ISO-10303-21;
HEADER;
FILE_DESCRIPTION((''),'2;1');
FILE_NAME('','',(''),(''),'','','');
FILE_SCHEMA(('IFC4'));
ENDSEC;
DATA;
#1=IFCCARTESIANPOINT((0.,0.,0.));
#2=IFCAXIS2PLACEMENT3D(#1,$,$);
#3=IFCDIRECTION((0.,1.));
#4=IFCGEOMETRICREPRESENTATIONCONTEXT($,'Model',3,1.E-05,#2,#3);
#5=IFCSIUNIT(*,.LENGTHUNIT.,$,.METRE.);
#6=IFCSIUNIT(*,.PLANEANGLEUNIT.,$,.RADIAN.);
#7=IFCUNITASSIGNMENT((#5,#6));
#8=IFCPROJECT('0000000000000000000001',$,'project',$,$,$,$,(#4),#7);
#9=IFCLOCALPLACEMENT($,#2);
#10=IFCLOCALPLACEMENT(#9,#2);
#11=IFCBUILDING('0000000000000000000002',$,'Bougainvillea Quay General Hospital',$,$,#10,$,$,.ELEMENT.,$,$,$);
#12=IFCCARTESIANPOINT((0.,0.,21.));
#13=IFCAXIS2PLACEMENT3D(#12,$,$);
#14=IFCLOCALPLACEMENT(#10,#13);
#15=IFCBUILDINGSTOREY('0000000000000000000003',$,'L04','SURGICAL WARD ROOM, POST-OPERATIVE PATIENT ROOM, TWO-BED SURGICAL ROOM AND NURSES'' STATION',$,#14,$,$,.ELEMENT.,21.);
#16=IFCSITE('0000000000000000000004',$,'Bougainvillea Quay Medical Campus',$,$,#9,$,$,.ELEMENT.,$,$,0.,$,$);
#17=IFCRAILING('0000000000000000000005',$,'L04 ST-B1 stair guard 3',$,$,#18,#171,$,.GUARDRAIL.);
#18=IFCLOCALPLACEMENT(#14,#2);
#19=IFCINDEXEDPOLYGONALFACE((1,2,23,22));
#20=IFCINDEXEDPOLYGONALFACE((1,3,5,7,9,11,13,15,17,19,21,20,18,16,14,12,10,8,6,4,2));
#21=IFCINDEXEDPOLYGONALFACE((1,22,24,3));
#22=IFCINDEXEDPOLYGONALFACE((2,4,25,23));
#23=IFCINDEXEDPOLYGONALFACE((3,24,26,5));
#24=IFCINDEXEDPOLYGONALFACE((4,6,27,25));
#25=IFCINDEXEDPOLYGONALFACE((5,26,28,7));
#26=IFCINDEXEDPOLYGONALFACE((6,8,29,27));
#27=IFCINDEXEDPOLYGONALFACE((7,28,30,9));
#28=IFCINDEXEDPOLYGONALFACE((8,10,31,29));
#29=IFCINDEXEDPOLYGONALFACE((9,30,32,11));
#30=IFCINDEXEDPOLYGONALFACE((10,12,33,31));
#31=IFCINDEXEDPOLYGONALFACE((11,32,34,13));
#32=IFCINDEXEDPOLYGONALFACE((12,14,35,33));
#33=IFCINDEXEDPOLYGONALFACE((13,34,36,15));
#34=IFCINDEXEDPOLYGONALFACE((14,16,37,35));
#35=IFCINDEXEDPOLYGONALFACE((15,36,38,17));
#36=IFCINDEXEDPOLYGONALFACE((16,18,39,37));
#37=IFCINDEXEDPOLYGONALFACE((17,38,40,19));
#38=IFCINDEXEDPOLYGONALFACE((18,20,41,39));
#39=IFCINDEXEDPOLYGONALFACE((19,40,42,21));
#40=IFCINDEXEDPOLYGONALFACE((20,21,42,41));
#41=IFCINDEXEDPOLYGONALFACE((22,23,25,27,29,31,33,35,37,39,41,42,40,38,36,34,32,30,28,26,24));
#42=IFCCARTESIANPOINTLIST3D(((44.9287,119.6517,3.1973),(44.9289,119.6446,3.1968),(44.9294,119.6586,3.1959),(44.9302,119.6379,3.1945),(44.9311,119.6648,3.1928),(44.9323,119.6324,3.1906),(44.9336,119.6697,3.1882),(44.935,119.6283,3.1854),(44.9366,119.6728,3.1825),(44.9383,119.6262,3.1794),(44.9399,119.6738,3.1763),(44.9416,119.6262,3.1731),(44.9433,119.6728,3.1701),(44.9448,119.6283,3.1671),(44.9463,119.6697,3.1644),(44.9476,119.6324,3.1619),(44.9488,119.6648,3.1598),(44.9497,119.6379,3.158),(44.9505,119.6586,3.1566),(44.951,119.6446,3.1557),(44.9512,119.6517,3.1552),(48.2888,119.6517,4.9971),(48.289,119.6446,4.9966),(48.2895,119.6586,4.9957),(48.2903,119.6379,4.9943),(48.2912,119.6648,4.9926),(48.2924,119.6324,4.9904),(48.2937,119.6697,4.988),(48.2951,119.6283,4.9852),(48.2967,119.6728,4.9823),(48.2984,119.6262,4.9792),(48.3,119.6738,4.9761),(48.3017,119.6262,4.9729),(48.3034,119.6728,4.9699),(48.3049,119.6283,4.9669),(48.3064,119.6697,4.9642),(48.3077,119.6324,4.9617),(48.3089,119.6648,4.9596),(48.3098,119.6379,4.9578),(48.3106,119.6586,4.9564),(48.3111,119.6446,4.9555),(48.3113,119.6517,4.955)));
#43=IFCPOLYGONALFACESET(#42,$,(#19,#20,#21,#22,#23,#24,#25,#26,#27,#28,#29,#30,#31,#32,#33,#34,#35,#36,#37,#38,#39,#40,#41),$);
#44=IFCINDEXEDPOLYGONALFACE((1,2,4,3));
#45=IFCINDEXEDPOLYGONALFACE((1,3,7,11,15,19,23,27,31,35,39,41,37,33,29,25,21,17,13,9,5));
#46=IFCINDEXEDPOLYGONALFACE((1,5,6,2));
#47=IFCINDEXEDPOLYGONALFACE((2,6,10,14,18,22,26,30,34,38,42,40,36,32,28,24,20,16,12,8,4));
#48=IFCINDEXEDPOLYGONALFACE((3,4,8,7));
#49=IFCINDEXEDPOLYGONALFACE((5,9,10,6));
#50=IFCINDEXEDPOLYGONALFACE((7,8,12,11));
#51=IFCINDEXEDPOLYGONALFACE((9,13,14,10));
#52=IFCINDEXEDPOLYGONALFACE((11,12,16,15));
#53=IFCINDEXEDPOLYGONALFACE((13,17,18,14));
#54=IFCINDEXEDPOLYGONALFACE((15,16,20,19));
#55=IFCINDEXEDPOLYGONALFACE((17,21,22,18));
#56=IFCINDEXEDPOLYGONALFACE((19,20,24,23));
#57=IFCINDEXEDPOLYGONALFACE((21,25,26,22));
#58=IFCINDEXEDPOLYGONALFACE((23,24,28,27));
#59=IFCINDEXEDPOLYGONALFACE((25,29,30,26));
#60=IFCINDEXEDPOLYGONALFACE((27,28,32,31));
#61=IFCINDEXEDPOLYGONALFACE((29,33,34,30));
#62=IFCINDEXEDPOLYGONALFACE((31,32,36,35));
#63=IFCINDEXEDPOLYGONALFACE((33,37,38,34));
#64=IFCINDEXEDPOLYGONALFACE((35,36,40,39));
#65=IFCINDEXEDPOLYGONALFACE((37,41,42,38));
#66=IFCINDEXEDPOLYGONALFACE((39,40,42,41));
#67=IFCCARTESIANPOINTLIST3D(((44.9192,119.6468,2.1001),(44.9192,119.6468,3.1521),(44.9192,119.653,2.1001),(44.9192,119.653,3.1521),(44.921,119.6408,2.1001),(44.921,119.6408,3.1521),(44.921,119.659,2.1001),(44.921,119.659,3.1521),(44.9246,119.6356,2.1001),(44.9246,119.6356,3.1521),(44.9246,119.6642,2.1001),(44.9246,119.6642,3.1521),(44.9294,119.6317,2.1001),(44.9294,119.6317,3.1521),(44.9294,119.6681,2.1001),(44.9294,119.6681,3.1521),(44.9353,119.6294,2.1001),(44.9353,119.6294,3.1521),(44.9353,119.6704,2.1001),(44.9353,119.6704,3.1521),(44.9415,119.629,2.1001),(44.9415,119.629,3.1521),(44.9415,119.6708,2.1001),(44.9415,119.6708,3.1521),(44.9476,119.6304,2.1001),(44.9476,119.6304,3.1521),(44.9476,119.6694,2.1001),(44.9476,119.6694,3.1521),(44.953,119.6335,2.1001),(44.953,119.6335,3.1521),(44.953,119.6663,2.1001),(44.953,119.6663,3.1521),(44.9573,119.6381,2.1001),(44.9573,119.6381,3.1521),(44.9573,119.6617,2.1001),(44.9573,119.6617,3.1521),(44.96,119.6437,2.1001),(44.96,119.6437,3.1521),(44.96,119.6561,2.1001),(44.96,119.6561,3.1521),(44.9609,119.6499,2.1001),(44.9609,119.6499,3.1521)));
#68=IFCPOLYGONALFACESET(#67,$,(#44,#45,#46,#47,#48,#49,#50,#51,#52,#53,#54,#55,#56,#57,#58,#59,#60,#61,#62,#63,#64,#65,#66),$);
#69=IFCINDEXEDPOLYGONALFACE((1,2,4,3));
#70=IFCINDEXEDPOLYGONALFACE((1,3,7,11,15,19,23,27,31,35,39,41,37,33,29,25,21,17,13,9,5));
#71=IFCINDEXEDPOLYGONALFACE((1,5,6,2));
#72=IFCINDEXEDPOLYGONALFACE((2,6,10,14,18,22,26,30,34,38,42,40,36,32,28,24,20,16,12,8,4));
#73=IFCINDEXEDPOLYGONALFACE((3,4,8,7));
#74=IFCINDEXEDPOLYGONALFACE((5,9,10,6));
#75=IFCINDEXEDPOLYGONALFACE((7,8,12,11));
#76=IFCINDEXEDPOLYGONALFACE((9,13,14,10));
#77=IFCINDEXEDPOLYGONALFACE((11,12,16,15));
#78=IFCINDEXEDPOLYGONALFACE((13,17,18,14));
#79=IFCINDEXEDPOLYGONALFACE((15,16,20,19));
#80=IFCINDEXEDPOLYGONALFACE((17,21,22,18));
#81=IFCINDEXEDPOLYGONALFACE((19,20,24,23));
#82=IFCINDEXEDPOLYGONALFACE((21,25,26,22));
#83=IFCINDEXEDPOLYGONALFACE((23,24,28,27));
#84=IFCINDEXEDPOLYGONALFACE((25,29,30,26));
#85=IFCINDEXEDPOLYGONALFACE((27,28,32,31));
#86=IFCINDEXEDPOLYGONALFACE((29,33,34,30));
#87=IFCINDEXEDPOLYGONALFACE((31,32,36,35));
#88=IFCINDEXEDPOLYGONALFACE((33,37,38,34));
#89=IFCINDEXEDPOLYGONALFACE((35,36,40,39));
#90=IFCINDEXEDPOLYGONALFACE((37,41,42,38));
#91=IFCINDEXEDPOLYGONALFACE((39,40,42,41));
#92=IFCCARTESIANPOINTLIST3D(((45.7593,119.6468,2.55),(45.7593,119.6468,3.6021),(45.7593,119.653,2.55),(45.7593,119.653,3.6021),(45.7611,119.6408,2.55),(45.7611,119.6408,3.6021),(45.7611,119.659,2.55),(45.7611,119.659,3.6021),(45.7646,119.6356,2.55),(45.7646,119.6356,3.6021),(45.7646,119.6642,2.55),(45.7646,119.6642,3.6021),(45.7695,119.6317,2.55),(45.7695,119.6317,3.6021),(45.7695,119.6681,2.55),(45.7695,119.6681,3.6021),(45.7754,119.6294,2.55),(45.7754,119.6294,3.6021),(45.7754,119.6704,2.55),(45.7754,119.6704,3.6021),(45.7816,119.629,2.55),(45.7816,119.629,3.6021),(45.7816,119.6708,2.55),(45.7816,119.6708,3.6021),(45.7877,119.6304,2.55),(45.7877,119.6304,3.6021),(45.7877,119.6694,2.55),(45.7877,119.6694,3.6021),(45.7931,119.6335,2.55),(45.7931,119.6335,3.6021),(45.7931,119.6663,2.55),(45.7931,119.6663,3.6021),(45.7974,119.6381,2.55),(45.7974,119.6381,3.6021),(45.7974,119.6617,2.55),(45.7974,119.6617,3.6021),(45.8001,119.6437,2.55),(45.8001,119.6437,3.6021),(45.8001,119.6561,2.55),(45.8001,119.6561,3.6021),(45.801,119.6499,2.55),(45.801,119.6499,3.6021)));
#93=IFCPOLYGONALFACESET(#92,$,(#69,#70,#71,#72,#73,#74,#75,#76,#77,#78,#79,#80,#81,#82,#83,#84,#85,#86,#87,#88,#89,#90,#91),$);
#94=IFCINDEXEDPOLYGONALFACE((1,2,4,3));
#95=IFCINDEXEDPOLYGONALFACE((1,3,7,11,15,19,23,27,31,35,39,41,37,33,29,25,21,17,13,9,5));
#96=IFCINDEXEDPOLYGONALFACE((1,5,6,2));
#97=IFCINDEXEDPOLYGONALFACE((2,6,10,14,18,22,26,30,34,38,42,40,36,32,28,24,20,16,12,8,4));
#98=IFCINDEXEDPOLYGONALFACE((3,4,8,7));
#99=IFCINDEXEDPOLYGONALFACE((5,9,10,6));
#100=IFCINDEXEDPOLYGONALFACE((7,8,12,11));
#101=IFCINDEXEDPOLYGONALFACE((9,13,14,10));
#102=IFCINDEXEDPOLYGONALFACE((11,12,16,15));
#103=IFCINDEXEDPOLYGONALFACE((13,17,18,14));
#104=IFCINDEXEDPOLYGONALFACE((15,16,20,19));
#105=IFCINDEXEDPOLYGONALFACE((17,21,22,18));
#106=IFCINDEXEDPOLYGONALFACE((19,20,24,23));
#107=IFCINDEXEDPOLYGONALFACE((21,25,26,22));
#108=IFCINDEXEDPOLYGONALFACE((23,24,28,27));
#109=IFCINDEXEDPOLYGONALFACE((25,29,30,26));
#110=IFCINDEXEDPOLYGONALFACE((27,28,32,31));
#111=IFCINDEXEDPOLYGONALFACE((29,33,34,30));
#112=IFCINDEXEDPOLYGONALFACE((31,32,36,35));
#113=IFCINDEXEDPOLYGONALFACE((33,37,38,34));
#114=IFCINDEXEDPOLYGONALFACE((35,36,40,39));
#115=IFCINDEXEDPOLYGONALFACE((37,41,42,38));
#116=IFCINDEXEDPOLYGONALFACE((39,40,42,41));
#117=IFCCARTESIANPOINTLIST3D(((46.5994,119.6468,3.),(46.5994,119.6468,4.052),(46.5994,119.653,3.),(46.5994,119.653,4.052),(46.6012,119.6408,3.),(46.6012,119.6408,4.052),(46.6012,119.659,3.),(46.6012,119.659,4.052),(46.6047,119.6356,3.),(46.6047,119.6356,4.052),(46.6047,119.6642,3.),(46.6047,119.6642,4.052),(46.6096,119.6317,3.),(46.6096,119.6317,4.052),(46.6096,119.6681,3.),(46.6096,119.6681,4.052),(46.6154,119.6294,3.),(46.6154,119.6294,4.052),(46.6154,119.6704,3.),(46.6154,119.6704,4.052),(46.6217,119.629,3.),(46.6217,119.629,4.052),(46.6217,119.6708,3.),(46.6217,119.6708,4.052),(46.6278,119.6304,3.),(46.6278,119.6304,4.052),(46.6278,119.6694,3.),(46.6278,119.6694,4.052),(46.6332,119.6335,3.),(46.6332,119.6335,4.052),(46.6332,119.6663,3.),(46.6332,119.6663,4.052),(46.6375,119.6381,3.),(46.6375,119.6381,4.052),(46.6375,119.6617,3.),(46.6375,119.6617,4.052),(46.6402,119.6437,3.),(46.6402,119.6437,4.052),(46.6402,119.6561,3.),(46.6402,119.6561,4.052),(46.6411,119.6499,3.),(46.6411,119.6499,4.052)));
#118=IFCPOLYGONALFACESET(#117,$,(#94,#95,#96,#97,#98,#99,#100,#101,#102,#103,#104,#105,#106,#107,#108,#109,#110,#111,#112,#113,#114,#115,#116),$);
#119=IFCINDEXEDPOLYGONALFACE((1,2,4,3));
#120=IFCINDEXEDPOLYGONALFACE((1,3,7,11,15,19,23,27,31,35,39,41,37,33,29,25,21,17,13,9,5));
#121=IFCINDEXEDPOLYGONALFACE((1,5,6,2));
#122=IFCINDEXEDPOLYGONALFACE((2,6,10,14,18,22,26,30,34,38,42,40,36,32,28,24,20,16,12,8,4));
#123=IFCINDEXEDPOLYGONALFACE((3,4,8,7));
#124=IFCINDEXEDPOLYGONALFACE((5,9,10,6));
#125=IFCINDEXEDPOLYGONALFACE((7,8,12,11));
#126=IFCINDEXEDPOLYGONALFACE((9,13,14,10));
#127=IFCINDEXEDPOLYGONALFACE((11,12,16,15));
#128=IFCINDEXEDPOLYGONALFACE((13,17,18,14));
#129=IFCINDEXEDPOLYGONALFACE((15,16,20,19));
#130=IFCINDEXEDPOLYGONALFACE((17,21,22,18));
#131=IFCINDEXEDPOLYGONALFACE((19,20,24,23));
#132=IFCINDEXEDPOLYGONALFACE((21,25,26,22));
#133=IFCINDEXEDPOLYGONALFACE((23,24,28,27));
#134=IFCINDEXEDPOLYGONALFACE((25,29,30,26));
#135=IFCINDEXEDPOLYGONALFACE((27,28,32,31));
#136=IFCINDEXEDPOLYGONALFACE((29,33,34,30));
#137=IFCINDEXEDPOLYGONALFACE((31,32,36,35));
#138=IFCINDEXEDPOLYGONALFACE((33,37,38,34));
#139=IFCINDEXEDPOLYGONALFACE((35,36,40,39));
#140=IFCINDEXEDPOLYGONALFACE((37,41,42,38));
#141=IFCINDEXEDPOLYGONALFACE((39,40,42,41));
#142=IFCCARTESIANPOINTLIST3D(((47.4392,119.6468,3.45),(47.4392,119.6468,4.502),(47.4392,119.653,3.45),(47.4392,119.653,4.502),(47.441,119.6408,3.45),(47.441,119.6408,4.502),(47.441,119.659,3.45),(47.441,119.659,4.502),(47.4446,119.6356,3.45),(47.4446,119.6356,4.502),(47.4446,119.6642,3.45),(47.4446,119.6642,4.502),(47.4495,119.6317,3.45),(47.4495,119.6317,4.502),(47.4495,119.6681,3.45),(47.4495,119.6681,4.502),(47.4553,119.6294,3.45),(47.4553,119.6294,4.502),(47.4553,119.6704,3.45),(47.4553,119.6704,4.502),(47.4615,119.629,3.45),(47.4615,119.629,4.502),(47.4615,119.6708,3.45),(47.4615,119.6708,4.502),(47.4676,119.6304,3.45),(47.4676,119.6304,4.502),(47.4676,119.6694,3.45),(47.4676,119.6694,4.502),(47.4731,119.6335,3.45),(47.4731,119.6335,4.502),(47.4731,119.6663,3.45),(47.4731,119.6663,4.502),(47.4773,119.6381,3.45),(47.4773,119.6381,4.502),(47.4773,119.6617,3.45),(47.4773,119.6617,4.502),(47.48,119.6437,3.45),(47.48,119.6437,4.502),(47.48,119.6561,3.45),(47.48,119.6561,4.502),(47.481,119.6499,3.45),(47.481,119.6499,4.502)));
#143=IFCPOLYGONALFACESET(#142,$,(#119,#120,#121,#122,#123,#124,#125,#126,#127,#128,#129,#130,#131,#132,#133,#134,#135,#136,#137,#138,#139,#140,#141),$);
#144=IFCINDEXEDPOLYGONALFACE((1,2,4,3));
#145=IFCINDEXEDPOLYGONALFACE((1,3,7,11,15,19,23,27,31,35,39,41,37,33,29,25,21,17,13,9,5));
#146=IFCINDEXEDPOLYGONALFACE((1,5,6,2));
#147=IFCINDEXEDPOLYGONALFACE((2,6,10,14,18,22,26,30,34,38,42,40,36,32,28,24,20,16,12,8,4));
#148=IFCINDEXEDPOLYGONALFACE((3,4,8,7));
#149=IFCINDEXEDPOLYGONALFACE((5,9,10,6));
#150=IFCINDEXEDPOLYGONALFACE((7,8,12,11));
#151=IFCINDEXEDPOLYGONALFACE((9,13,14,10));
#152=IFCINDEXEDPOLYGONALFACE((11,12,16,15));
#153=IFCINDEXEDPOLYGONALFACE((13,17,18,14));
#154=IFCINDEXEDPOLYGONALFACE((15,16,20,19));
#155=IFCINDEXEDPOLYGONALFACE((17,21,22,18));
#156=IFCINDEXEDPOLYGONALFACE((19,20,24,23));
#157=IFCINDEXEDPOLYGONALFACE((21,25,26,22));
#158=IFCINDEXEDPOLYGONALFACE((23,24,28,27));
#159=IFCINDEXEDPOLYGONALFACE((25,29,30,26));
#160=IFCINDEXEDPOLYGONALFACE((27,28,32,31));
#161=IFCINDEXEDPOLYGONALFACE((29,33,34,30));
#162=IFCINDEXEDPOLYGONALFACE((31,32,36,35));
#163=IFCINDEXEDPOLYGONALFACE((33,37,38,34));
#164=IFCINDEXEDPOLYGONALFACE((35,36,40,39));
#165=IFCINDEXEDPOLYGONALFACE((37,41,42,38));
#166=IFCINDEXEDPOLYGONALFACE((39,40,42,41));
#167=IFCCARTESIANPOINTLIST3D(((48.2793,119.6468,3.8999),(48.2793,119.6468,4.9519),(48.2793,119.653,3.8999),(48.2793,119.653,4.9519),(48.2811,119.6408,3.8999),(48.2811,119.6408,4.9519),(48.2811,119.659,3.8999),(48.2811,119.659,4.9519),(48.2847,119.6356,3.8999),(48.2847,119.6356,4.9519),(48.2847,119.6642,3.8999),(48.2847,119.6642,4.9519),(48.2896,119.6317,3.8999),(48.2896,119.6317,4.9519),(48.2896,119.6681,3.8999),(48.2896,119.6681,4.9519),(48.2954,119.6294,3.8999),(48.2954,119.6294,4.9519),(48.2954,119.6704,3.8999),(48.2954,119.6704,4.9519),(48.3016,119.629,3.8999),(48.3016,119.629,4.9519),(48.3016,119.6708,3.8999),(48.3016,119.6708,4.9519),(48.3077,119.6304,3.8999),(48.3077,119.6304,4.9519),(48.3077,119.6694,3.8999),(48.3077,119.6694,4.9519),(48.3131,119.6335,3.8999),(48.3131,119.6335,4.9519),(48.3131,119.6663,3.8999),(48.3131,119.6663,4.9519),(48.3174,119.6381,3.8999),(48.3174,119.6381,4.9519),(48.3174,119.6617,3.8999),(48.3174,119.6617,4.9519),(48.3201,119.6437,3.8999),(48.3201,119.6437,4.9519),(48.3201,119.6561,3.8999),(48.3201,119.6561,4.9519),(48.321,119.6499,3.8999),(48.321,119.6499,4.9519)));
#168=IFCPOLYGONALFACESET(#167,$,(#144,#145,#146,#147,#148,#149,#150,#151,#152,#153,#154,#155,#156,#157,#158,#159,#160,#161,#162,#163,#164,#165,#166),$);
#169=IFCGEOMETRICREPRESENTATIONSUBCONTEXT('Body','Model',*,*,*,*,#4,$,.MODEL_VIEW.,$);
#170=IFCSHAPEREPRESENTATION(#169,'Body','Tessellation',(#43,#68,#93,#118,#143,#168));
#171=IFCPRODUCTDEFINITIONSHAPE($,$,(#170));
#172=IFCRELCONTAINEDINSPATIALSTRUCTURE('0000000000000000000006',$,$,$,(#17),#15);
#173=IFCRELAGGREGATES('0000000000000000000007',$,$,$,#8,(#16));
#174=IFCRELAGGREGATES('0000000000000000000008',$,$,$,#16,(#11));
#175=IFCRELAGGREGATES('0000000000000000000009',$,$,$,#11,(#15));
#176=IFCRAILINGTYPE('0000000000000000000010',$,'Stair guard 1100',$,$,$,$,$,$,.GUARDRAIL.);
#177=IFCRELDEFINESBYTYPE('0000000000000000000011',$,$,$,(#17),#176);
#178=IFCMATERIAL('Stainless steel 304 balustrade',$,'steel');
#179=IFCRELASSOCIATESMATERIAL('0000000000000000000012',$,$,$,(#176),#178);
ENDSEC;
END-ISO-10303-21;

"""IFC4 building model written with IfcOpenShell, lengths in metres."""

from ifc_helpers import new_model, si_unit, direction, frame, origin, origin_2d, place, context, subcontext, project, spatial, circle, extrude, material, type_object, element, save


model = new_model("IFC4")

# Units and contexts
model_context = context("Model", 3, precision=1e-05, world=origin(), true_north=direction((0.0, 1.0)))
body_context = subcontext(model_context, "Body", "Model", "MODEL_VIEW")
ifc_project = project(units=[si_unit("LENGTHUNIT", "METRE"), si_unit("PLANEANGLEUNIT", "RADIAN")], contexts=[model_context])

# Site, building, storey
site_placement = place(None, origin())
site = spatial("IfcSite", under=ifc_project, at=site_placement, Name="Bougainvillea Quay Medical Campus", CompositionType="ELEMENT", RefElevation=0.0)
building_placement = place(site_placement, origin())
building = spatial("IfcBuilding", under=site, at=building_placement, Name="Bougainvillea Quay General Hospital", CompositionType="ELEMENT")
storey_placement = place(building_placement, frame((0.0, 0.0, 21.0)))
storey = spatial("IfcBuildingStorey", under=building, at=storey_placement, Name="L04", Description="SURGICAL WARD ROOM, POST-OPERATIVE PATIENT ROOM, TWO-BED SURGICAL ROOM AND NURSES' STATION", CompositionType="ELEMENT", Elevation=21.0)

# Railing
ifc_material_1 = material(Name="Stainless steel 304 balustrade", Category="steel")
railing_type_1 = type_object("IfcRailingType", Name="Stair guard 1100", PredefinedType="GUARDRAIL", material=ifc_material_1)
railing_1_placement = place(storey_placement, frame((44.9399, 119.6499, 2.1001)))
element("IfcRailing", 1, at=railing_1_placement, inside=storey, type_object=railing_type_1, Name="L04 ST-B1 stair guard 3", PredefinedType="GUARDRAIL", context=body_context, shape_type="SweptSolid", body=[
    extrude(circle(Radius=0.0239, at=origin_2d()), frame((0.0, 0.0, 1.0762), z_axis=(0.881508, 0.0, 0.47217), x_axis=(0.0, 1.0, 0.0)), (0.0, 0.0, 1.0), 3.8118),
    extrude(circle(Radius=0.021, at=origin_2d()), origin(), (0.0, 0.0, 1.0), 1.052),
    extrude(circle(Radius=0.021, at=origin_2d()), frame((0.8401, 0.0, 0.45)), (0.0, 0.0, 1.0), 1.052),
    extrude(circle(Radius=0.021, at=origin_2d()), frame((1.6802, 0.0, 0.8999)), (0.0, 0.0, 1.0), 1.052),
    extrude(circle(Radius=0.021, at=origin_2d()), frame((2.52, 0.0, 1.3499)), (0.0, 0.0, 1.0), 1.052),
    extrude(circle(Radius=0.021, at=origin_2d()), frame((3.3601, 0.0, 1.7998)), (0.0, 0.0, 1.0), 1.052),
])

save(model, "model.ifc")
